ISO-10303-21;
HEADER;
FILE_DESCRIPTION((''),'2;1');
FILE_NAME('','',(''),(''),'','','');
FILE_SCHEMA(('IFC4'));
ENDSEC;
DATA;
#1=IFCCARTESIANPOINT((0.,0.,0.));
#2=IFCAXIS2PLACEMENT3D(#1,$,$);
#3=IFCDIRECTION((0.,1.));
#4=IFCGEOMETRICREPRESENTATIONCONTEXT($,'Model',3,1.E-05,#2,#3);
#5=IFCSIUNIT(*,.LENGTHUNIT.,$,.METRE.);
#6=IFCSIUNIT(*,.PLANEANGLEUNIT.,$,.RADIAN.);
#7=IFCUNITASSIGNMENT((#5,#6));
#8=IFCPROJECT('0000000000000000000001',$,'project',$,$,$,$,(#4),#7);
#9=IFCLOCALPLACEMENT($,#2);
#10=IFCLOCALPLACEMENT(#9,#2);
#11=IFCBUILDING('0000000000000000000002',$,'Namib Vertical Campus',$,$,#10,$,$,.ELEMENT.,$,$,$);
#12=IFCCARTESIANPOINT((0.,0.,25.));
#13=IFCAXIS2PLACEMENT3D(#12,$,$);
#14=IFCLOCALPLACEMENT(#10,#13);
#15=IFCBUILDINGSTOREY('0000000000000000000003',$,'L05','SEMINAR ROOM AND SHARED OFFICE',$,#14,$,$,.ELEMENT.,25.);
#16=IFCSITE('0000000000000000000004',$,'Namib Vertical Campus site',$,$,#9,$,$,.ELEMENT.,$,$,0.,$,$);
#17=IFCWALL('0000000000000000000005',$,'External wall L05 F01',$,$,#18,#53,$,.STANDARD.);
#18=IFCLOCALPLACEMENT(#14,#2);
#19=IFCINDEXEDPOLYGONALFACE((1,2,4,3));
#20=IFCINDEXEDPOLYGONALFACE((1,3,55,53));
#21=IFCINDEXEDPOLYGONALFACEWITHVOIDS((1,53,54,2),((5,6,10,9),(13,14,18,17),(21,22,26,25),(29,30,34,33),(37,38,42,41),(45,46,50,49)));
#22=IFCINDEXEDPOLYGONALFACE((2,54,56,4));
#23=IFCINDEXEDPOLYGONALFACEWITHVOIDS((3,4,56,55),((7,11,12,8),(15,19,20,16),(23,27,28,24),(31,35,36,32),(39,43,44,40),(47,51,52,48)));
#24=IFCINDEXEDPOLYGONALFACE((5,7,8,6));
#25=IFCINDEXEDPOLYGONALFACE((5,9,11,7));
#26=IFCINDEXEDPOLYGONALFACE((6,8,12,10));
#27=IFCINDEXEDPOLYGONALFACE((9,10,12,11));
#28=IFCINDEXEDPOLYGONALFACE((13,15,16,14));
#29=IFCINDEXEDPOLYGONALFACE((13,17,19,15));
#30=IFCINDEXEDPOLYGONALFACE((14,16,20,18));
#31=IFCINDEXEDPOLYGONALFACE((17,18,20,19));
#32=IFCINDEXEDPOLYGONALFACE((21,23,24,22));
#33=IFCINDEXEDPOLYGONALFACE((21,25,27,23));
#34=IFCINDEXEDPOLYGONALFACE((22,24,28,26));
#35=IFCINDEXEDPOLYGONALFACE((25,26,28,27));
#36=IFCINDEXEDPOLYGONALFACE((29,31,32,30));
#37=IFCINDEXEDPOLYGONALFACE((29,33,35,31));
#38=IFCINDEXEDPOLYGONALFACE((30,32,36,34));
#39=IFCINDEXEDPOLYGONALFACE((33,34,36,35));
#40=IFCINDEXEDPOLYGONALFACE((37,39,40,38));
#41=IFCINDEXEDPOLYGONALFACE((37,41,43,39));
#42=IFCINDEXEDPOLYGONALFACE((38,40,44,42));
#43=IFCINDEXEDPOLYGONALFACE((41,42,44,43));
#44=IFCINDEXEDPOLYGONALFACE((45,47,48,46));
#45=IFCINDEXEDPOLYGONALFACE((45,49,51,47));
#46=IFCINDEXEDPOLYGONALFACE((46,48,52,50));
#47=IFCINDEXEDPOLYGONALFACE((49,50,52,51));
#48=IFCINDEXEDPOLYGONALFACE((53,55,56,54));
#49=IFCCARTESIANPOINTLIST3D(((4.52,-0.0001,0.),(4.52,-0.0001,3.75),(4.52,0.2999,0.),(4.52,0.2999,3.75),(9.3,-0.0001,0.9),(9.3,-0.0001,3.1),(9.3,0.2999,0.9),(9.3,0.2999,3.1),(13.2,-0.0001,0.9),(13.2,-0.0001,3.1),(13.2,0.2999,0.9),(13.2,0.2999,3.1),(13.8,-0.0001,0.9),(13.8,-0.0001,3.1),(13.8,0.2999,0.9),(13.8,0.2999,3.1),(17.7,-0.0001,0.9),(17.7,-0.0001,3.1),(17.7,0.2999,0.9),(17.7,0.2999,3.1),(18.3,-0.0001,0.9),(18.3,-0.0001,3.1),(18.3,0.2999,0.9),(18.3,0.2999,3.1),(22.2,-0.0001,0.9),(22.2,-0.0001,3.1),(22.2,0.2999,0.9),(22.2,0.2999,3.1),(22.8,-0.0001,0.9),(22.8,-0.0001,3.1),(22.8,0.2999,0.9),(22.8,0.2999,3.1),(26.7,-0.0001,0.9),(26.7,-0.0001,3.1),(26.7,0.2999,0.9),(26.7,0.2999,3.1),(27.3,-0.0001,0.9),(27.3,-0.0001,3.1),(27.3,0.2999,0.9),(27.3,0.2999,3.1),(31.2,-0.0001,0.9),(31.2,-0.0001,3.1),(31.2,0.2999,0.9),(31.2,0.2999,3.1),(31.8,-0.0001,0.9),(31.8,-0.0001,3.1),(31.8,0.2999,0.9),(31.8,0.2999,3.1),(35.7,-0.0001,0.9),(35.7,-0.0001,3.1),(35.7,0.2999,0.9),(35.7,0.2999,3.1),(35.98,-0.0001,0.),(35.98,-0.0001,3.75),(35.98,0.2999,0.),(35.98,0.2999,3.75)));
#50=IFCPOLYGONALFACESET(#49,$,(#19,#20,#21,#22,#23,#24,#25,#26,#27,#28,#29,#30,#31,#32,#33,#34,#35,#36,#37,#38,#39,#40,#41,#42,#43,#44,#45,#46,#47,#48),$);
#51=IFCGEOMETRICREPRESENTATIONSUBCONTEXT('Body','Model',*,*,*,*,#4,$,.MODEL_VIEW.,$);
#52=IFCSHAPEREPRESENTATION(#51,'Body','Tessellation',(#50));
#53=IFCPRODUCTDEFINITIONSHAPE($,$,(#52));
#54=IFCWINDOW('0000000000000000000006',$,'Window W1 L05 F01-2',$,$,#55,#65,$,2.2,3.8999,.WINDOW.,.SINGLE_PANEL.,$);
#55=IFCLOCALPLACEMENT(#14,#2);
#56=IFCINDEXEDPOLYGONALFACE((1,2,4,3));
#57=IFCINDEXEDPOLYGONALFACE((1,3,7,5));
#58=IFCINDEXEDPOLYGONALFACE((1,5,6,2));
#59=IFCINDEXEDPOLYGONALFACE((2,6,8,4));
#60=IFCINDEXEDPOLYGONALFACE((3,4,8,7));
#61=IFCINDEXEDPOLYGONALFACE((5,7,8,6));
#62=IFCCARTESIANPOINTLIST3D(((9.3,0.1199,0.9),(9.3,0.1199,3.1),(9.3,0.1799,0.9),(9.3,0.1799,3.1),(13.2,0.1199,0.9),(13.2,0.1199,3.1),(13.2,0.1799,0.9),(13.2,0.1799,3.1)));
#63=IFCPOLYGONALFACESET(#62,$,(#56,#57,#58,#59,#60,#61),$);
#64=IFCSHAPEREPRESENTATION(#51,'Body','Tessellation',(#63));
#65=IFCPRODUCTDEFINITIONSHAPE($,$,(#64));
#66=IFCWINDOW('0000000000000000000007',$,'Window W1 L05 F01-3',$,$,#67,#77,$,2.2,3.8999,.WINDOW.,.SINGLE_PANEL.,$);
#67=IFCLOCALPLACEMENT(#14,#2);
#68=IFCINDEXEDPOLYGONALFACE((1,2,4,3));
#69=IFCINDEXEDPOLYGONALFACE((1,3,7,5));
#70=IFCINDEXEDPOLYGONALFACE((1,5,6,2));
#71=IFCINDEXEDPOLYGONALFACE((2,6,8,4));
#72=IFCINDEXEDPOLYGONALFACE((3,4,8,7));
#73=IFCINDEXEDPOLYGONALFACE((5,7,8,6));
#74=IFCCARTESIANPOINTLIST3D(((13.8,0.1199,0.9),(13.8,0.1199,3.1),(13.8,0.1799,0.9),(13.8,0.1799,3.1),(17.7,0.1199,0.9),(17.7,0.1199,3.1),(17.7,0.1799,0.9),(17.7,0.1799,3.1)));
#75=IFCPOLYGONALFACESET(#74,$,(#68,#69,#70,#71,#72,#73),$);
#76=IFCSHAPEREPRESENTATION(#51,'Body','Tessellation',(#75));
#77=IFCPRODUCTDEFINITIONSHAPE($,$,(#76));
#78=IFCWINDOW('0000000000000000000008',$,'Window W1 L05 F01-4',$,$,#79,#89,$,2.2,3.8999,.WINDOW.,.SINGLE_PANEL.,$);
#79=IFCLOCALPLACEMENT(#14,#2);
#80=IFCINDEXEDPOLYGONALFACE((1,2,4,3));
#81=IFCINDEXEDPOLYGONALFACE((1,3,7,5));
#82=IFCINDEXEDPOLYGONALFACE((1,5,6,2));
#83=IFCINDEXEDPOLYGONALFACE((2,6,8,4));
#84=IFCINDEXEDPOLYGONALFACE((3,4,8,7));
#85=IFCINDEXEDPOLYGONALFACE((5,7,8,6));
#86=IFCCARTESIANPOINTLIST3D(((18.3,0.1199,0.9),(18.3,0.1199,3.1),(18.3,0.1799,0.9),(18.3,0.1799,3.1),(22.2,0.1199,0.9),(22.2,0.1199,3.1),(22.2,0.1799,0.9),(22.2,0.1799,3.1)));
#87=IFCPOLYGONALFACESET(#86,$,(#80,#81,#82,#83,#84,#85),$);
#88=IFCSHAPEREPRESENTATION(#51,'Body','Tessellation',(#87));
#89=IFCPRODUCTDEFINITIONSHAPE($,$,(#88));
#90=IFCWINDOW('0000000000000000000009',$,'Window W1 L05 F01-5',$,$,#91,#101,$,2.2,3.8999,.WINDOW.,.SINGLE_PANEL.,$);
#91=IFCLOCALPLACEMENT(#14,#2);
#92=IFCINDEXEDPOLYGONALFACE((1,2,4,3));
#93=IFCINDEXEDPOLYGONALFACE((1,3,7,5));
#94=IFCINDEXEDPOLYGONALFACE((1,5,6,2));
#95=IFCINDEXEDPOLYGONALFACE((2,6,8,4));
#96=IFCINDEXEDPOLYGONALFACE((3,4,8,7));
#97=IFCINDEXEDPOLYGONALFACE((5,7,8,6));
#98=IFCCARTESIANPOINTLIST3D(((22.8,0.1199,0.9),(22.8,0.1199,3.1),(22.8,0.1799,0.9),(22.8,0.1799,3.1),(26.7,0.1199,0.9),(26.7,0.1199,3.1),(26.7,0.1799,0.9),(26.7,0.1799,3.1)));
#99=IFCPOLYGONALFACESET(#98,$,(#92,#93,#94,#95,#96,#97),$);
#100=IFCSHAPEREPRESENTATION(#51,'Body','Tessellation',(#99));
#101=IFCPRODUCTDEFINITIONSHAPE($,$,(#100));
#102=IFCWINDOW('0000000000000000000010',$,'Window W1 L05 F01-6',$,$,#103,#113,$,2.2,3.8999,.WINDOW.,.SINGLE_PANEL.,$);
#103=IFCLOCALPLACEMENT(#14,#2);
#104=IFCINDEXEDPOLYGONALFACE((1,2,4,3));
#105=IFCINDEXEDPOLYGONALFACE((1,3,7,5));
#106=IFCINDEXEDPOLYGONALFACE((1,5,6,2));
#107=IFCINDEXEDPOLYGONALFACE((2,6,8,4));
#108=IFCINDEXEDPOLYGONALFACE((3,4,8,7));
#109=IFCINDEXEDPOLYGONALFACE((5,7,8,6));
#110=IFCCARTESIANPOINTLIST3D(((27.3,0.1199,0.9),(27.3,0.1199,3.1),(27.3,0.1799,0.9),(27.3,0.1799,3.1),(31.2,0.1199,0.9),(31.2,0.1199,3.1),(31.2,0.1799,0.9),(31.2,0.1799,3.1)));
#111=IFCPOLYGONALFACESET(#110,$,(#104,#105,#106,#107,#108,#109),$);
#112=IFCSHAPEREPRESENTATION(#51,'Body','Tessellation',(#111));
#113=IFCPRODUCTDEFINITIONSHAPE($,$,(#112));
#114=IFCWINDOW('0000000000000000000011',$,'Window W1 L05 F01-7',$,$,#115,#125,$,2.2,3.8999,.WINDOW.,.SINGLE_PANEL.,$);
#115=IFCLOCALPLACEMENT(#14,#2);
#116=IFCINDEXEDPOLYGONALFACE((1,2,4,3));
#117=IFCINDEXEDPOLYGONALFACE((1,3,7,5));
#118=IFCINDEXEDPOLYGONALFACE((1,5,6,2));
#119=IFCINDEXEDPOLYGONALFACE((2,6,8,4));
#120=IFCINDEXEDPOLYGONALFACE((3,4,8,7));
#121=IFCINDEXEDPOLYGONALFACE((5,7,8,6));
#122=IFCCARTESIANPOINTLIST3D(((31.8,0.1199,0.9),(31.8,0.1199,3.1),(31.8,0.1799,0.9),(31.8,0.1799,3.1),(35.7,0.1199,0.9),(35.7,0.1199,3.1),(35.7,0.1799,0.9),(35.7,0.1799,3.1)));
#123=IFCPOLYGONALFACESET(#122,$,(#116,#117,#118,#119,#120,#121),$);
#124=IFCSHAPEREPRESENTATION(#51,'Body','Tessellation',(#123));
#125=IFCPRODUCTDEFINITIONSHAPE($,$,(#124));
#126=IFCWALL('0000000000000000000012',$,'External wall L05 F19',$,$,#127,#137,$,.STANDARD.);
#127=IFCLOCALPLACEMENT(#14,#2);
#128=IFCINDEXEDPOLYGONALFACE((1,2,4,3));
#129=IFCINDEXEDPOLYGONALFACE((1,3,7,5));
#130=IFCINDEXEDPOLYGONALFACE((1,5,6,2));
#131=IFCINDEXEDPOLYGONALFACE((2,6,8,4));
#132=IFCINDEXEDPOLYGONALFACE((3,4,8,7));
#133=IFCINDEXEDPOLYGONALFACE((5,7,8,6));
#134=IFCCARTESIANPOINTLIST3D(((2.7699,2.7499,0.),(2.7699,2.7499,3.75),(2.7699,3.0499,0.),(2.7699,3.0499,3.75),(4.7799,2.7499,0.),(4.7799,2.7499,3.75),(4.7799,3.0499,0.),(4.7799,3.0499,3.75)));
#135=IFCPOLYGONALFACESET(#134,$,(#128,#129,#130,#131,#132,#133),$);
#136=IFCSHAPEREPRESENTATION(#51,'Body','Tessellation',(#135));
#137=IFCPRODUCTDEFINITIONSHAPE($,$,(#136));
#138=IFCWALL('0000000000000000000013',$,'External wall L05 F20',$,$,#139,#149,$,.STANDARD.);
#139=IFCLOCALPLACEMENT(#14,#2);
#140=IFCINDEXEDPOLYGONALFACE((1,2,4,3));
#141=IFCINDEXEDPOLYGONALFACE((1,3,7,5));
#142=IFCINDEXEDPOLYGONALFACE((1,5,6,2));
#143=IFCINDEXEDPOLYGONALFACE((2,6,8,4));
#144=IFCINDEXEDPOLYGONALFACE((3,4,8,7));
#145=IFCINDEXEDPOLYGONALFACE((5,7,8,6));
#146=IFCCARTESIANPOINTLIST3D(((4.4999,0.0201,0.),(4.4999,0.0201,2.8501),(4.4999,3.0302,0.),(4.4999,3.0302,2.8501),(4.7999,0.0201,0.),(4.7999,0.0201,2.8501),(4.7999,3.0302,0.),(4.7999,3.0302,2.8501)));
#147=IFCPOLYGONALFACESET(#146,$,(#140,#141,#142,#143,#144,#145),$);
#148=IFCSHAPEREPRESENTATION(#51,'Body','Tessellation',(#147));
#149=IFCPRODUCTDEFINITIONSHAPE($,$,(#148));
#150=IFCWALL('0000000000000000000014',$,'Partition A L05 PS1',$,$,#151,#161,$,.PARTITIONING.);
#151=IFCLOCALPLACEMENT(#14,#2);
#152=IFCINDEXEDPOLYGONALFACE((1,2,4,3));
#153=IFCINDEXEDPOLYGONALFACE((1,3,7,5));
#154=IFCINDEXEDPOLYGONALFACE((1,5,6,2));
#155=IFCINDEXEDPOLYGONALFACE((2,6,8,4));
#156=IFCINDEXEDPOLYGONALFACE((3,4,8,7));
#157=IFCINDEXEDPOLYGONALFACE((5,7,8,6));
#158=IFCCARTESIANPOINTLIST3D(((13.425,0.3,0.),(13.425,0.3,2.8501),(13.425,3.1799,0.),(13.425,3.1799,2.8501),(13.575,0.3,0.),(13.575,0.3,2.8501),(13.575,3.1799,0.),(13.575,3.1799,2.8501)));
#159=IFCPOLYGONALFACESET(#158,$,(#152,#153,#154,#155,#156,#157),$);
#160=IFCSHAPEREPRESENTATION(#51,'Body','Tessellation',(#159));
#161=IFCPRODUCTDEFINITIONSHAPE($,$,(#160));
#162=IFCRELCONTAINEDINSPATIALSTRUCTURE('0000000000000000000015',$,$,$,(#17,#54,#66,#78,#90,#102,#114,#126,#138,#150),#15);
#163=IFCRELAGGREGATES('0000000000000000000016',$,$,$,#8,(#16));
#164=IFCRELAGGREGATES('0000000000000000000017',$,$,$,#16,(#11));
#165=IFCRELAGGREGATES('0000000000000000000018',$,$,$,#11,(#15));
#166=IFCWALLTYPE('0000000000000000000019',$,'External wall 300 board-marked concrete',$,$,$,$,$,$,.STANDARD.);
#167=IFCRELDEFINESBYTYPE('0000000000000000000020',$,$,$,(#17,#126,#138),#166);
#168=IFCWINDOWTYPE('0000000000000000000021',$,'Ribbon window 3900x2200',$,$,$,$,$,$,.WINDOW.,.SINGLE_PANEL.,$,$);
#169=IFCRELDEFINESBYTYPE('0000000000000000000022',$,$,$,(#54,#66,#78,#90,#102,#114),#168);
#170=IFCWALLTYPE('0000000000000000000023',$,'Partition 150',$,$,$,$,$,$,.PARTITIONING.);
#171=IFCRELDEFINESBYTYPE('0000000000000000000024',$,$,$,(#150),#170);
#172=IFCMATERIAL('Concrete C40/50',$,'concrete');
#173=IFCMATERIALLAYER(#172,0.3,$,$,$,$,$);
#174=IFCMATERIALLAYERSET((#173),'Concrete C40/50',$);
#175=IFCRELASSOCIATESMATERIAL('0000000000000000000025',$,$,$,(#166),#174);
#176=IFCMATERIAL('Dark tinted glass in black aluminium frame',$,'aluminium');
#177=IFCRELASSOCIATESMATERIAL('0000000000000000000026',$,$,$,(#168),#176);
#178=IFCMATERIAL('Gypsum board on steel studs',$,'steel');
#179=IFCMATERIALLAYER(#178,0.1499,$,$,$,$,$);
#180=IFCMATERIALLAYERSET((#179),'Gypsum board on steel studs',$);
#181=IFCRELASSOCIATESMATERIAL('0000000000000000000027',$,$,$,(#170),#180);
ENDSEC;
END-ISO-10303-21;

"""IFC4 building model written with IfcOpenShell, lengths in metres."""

from ifc_helpers import new_model, si_unit, direction, frame, frame_2d, origin, place, context, subcontext, project, spatial, rectangle, extrude, material, layer, layer_set, type_object, element, fill, save


model = new_model("IFC4")

# Units and contexts
model_context = context("Model", 3, precision=1e-05, world=origin(), true_north=direction((0.0, 1.0)))
body_context = subcontext(model_context, "Body", "Model", "MODEL_VIEW")
ifc_project = project(units=[si_unit("LENGTHUNIT", "METRE"), si_unit("PLANEANGLEUNIT", "RADIAN")], contexts=[model_context])

# Site, building, storey
site_placement = place(None, origin())
site = spatial("IfcSite", under=ifc_project, at=site_placement, Name="Namib Vertical Campus site", CompositionType="ELEMENT", RefElevation=0.0)
building_placement = place(site_placement, origin())
building = spatial("IfcBuilding", under=site, at=building_placement, Name="Namib Vertical Campus", CompositionType="ELEMENT")
storey_placement = place(building_placement, frame((0.0, 0.0, 25.0)))
storey = spatial("IfcBuildingStorey", under=building, at=storey_placement, Name="L05", Description="SEMINAR ROOM AND SHARED OFFICE", CompositionType="ELEMENT", Elevation=25.0)

# Wall, openings, windows
ifc_material_1 = material(Name="Concrete C40/50", Category="concrete")
ifc_layer_1 = layer(ifc_material_1, 0.3)
ifc_layer_set_1 = layer_set([ifc_layer_1], Name="Concrete C40/50")
wall_type_1 = type_object("IfcWallType", Name="External wall 300 board-marked concrete", PredefinedType="STANDARD", material=ifc_layer_set_1)
wall_1_placement = place(storey_placement, frame((4.52, 0.1499, 0.0), z_axis=(0.0, 0.0, 1.0), x_axis=(1.0, 0.0, 0.0)))
wall_1 = element("IfcWall", 1, at=wall_1_placement, inside=storey, type_object=wall_type_1, Name="External wall L05 F01", PredefinedType="STANDARD", context=body_context, shape_type="SweptSolid", body=[
    extrude(rectangle(XDim=31.46, YDim=0.3, at=frame_2d((15.73, 0.0))), origin(), (0.0, 0.0, 1.0), 3.75),
])
opening_1_placement = place(wall_1_placement, frame((4.78, 0.0, 0.8999)))
opening_1 = element("IfcOpeningElement", 2, at=opening_1_placement, cuts=wall_1, PredefinedType="OPENING", context=body_context, shape_type="SweptSolid", body=[
    extrude(rectangle(XDim=3.8999, YDim=2.2, at=frame_2d((1.95, 1.1001))), frame((0.0, 0.1599, 0.0), z_axis=(0.0, -1.0, 0.0), x_axis=(1.0, 0.0, 0.0)), (0.0, 0.0, 1.0), 0.3201),
])
opening_2_placement = place(wall_1_placement, frame((9.28, 0.0, 0.8999)))
opening_2 = element("IfcOpeningElement", 3, at=opening_2_placement, cuts=wall_1, PredefinedType="OPENING", context=body_context, shape_type="SweptSolid", body=[
    extrude(rectangle(XDim=3.8999, YDim=2.2, at=frame_2d((1.95, 1.1001))), frame((0.0, 0.1599, 0.0), z_axis=(0.0, -1.0, 0.0), x_axis=(1.0, 0.0, 0.0)), (0.0, 0.0, 1.0), 0.3201),
])
opening_3_placement = place(wall_1_placement, frame((13.78, 0.0, 0.8999)))
opening_3 = element("IfcOpeningElement", 4, at=opening_3_placement, cuts=wall_1, PredefinedType="OPENING", context=body_context, shape_type="SweptSolid", body=[
    extrude(rectangle(XDim=3.8999, YDim=2.2, at=frame_2d((1.95, 1.1001))), frame((0.0, 0.1599, 0.0), z_axis=(0.0, -1.0, 0.0), x_axis=(1.0, 0.0, 0.0)), (0.0, 0.0, 1.0), 0.3201),
])
opening_4_placement = place(wall_1_placement, frame((18.28, 0.0, 0.8999)))
opening_4 = element("IfcOpeningElement", 5, at=opening_4_placement, cuts=wall_1, PredefinedType="OPENING", context=body_context, shape_type="SweptSolid", body=[
    extrude(rectangle(XDim=3.8999, YDim=2.2, at=frame_2d((1.95, 1.1001))), frame((0.0, 0.1599, 0.0), z_axis=(0.0, -1.0, 0.0), x_axis=(1.0, 0.0, 0.0)), (0.0, 0.0, 1.0), 0.3201),
])
opening_5_placement = place(wall_1_placement, frame((22.78, 0.0, 0.8999)))
opening_5 = element("IfcOpeningElement", 6, at=opening_5_placement, cuts=wall_1, PredefinedType="OPENING", context=body_context, shape_type="SweptSolid", body=[
    extrude(rectangle(XDim=3.8999, YDim=2.2, at=frame_2d((1.95, 1.1001))), frame((0.0, 0.1599, 0.0), z_axis=(0.0, -1.0, 0.0), x_axis=(1.0, 0.0, 0.0)), (0.0, 0.0, 1.0), 0.3201),
])
opening_6_placement = place(wall_1_placement, frame((27.28, 0.0, 0.8999)))
opening_6 = element("IfcOpeningElement", 7, at=opening_6_placement, cuts=wall_1, PredefinedType="OPENING", context=body_context, shape_type="SweptSolid", body=[
    extrude(rectangle(XDim=3.8999, YDim=2.2, at=frame_2d((1.95, 1.1001))), frame((0.0, 0.1599, 0.0), z_axis=(0.0, -1.0, 0.0), x_axis=(1.0, 0.0, 0.0)), (0.0, 0.0, 1.0), 0.3201),
])
ifc_material_2 = material(Name="Dark tinted glass in black aluminium frame", Category="aluminium")
window_type = type_object("IfcWindowType", Name="Ribbon window 3900x2200", PartitioningType="SINGLE_PANEL", PredefinedType="WINDOW", material=ifc_material_2)
window_1_placement = place(opening_1_placement, origin())
window_1 = element("IfcWindow", 8, at=window_1_placement, inside=storey, type_object=window_type, Name="Window W1 L05 F01-2", OverallHeight=2.2, OverallWidth=3.8999, PartitioningType="SINGLE_PANEL", PredefinedType="WINDOW", context=body_context, shape_type="SweptSolid", body=[
    extrude(rectangle(XDim=3.8999, YDim=2.2, at=frame_2d((1.95, 1.1001))), frame((0.0, 0.03, 0.0), z_axis=(0.0, -1.0, 0.0), x_axis=(1.0, 0.0, 0.0)), (0.0, 0.0, 1.0), 0.0601),
])
fill(opening_1, window_1)
window_2_placement = place(opening_2_placement, origin())
window_2 = element("IfcWindow", 9, at=window_2_placement, inside=storey, type_object=window_type, Name="Window W1 L05 F01-3", OverallHeight=2.2, OverallWidth=3.8999, PartitioningType="SINGLE_PANEL", PredefinedType="WINDOW", context=body_context, shape_type="SweptSolid", body=[
    extrude(rectangle(XDim=3.8999, YDim=2.2, at=frame_2d((1.95, 1.1001))), frame((0.0, 0.03, 0.0), z_axis=(0.0, -1.0, 0.0), x_axis=(1.0, 0.0, 0.0)), (0.0, 0.0, 1.0), 0.0601),
])
fill(opening_2, window_2)
window_3_placement = place(opening_3_placement, origin())
window_3 = element("IfcWindow", 10, at=window_3_placement, inside=storey, type_object=window_type, Name="Window W1 L05 F01-4", OverallHeight=2.2, OverallWidth=3.8999, PartitioningType="SINGLE_PANEL", PredefinedType="WINDOW", context=body_context, shape_type="SweptSolid", body=[
    extrude(rectangle(XDim=3.8999, YDim=2.2, at=frame_2d((1.95, 1.1001))), frame((0.0, 0.03, 0.0), z_axis=(0.0, -1.0, 0.0), x_axis=(1.0, 0.0, 0.0)), (0.0, 0.0, 1.0), 0.0601),
])
fill(opening_3, window_3)
window_4_placement = place(opening_4_placement, origin())
window_4 = element("IfcWindow", 11, at=window_4_placement, inside=storey, type_object=window_type, Name="Window W1 L05 F01-5", OverallHeight=2.2, OverallWidth=3.8999, PartitioningType="SINGLE_PANEL", PredefinedType="WINDOW", context=body_context, shape_type="SweptSolid", body=[
    extrude(rectangle(XDim=3.8999, YDim=2.2, at=frame_2d((1.95, 1.1001))), frame((0.0, 0.03, 0.0), z_axis=(0.0, -1.0, 0.0), x_axis=(1.0, 0.0, 0.0)), (0.0, 0.0, 1.0), 0.0601),
])
fill(opening_4, window_4)
window_5_placement = place(opening_5_placement, origin())
window_5 = element("IfcWindow", 12, at=window_5_placement, inside=storey, type_object=window_type, Name="Window W1 L05 F01-6", OverallHeight=2.2, OverallWidth=3.8999, PartitioningType="SINGLE_PANEL", PredefinedType="WINDOW", context=body_context, shape_type="SweptSolid", body=[
    extrude(rectangle(XDim=3.8999, YDim=2.2, at=frame_2d((1.95, 1.1001))), frame((0.0, 0.03, 0.0), z_axis=(0.0, -1.0, 0.0), x_axis=(1.0, 0.0, 0.0)), (0.0, 0.0, 1.0), 0.0601),
])
fill(opening_5, window_5)
window_6_placement = place(opening_6_placement, origin())
window_6 = element("IfcWindow", 13, at=window_6_placement, inside=storey, type_object=window_type, Name="Window W1 L05 F01-7", OverallHeight=2.2, OverallWidth=3.8999, PartitioningType="SINGLE_PANEL", PredefinedType="WINDOW", context=body_context, shape_type="SweptSolid", body=[
    extrude(rectangle(XDim=3.8999, YDim=2.2, at=frame_2d((1.95, 1.1001))), frame((0.0, 0.03, 0.0), z_axis=(0.0, -1.0, 0.0), x_axis=(1.0, 0.0, 0.0)), (0.0, 0.0, 1.0), 0.0601),
])
fill(opening_6, window_6)

# Walls
wall_2_placement = place(storey_placement, frame((2.77, 2.8999, 0.0), z_axis=(0.0, 0.0, 1.0), x_axis=(1.0, 0.0, 0.0)))
element("IfcWall", 14, at=wall_2_placement, inside=storey, type_object=wall_type_1, Name="External wall L05 F19", PredefinedType="STANDARD", context=body_context, shape_type="SweptSolid", body=[
    extrude(rectangle(XDim=2.01, YDim=0.3, at=frame_2d((1.0049, 0.0))), origin(), (0.0, 0.0, 1.0), 3.75),
])
wall_3_placement = place(storey_placement, frame((4.6499, 3.03, 0.0), z_axis=(0.0, 0.0, 1.0), x_axis=(0.0, -1.0, 0.0)))
element("IfcWall", 15, at=wall_3_placement, inside=storey, type_object=wall_type_1, Name="External wall L05 F20", PredefinedType="STANDARD", context=body_context, shape_type="SweptSolid", body=[
    extrude(rectangle(XDim=3.01, YDim=0.3, at=frame_2d((1.5049, 0.0))), origin(), (0.0, 0.0, 1.0), 2.8501),
])
ifc_material_3 = material(Name="Gypsum board on steel studs", Category="steel")
ifc_layer_2 = layer(ifc_material_3, 0.1499)
ifc_layer_set_2 = layer_set([ifc_layer_2], Name="Gypsum board on steel studs")
wall_type_2 = type_object("IfcWallType", Name="Partition 150", PredefinedType="PARTITIONING", material=ifc_layer_set_2)
wall_4_placement = place(storey_placement, frame((13.5, 0.3, 0.0), z_axis=(0.0, 0.0, 1.0), x_axis=(0.0, 1.0, 0.0)))
element("IfcWall", 16, at=wall_4_placement, inside=storey, type_object=wall_type_2, Name="Partition A L05 PS1", PredefinedType="PARTITIONING", context=body_context, shape_type="SweptSolid", body=[
    extrude(rectangle(XDim=2.8799, YDim=0.1499, at=frame_2d((1.4399, 0.0))), origin(), (0.0, 0.0, 1.0), 2.8501),
])

save(model, "model.ifc")
